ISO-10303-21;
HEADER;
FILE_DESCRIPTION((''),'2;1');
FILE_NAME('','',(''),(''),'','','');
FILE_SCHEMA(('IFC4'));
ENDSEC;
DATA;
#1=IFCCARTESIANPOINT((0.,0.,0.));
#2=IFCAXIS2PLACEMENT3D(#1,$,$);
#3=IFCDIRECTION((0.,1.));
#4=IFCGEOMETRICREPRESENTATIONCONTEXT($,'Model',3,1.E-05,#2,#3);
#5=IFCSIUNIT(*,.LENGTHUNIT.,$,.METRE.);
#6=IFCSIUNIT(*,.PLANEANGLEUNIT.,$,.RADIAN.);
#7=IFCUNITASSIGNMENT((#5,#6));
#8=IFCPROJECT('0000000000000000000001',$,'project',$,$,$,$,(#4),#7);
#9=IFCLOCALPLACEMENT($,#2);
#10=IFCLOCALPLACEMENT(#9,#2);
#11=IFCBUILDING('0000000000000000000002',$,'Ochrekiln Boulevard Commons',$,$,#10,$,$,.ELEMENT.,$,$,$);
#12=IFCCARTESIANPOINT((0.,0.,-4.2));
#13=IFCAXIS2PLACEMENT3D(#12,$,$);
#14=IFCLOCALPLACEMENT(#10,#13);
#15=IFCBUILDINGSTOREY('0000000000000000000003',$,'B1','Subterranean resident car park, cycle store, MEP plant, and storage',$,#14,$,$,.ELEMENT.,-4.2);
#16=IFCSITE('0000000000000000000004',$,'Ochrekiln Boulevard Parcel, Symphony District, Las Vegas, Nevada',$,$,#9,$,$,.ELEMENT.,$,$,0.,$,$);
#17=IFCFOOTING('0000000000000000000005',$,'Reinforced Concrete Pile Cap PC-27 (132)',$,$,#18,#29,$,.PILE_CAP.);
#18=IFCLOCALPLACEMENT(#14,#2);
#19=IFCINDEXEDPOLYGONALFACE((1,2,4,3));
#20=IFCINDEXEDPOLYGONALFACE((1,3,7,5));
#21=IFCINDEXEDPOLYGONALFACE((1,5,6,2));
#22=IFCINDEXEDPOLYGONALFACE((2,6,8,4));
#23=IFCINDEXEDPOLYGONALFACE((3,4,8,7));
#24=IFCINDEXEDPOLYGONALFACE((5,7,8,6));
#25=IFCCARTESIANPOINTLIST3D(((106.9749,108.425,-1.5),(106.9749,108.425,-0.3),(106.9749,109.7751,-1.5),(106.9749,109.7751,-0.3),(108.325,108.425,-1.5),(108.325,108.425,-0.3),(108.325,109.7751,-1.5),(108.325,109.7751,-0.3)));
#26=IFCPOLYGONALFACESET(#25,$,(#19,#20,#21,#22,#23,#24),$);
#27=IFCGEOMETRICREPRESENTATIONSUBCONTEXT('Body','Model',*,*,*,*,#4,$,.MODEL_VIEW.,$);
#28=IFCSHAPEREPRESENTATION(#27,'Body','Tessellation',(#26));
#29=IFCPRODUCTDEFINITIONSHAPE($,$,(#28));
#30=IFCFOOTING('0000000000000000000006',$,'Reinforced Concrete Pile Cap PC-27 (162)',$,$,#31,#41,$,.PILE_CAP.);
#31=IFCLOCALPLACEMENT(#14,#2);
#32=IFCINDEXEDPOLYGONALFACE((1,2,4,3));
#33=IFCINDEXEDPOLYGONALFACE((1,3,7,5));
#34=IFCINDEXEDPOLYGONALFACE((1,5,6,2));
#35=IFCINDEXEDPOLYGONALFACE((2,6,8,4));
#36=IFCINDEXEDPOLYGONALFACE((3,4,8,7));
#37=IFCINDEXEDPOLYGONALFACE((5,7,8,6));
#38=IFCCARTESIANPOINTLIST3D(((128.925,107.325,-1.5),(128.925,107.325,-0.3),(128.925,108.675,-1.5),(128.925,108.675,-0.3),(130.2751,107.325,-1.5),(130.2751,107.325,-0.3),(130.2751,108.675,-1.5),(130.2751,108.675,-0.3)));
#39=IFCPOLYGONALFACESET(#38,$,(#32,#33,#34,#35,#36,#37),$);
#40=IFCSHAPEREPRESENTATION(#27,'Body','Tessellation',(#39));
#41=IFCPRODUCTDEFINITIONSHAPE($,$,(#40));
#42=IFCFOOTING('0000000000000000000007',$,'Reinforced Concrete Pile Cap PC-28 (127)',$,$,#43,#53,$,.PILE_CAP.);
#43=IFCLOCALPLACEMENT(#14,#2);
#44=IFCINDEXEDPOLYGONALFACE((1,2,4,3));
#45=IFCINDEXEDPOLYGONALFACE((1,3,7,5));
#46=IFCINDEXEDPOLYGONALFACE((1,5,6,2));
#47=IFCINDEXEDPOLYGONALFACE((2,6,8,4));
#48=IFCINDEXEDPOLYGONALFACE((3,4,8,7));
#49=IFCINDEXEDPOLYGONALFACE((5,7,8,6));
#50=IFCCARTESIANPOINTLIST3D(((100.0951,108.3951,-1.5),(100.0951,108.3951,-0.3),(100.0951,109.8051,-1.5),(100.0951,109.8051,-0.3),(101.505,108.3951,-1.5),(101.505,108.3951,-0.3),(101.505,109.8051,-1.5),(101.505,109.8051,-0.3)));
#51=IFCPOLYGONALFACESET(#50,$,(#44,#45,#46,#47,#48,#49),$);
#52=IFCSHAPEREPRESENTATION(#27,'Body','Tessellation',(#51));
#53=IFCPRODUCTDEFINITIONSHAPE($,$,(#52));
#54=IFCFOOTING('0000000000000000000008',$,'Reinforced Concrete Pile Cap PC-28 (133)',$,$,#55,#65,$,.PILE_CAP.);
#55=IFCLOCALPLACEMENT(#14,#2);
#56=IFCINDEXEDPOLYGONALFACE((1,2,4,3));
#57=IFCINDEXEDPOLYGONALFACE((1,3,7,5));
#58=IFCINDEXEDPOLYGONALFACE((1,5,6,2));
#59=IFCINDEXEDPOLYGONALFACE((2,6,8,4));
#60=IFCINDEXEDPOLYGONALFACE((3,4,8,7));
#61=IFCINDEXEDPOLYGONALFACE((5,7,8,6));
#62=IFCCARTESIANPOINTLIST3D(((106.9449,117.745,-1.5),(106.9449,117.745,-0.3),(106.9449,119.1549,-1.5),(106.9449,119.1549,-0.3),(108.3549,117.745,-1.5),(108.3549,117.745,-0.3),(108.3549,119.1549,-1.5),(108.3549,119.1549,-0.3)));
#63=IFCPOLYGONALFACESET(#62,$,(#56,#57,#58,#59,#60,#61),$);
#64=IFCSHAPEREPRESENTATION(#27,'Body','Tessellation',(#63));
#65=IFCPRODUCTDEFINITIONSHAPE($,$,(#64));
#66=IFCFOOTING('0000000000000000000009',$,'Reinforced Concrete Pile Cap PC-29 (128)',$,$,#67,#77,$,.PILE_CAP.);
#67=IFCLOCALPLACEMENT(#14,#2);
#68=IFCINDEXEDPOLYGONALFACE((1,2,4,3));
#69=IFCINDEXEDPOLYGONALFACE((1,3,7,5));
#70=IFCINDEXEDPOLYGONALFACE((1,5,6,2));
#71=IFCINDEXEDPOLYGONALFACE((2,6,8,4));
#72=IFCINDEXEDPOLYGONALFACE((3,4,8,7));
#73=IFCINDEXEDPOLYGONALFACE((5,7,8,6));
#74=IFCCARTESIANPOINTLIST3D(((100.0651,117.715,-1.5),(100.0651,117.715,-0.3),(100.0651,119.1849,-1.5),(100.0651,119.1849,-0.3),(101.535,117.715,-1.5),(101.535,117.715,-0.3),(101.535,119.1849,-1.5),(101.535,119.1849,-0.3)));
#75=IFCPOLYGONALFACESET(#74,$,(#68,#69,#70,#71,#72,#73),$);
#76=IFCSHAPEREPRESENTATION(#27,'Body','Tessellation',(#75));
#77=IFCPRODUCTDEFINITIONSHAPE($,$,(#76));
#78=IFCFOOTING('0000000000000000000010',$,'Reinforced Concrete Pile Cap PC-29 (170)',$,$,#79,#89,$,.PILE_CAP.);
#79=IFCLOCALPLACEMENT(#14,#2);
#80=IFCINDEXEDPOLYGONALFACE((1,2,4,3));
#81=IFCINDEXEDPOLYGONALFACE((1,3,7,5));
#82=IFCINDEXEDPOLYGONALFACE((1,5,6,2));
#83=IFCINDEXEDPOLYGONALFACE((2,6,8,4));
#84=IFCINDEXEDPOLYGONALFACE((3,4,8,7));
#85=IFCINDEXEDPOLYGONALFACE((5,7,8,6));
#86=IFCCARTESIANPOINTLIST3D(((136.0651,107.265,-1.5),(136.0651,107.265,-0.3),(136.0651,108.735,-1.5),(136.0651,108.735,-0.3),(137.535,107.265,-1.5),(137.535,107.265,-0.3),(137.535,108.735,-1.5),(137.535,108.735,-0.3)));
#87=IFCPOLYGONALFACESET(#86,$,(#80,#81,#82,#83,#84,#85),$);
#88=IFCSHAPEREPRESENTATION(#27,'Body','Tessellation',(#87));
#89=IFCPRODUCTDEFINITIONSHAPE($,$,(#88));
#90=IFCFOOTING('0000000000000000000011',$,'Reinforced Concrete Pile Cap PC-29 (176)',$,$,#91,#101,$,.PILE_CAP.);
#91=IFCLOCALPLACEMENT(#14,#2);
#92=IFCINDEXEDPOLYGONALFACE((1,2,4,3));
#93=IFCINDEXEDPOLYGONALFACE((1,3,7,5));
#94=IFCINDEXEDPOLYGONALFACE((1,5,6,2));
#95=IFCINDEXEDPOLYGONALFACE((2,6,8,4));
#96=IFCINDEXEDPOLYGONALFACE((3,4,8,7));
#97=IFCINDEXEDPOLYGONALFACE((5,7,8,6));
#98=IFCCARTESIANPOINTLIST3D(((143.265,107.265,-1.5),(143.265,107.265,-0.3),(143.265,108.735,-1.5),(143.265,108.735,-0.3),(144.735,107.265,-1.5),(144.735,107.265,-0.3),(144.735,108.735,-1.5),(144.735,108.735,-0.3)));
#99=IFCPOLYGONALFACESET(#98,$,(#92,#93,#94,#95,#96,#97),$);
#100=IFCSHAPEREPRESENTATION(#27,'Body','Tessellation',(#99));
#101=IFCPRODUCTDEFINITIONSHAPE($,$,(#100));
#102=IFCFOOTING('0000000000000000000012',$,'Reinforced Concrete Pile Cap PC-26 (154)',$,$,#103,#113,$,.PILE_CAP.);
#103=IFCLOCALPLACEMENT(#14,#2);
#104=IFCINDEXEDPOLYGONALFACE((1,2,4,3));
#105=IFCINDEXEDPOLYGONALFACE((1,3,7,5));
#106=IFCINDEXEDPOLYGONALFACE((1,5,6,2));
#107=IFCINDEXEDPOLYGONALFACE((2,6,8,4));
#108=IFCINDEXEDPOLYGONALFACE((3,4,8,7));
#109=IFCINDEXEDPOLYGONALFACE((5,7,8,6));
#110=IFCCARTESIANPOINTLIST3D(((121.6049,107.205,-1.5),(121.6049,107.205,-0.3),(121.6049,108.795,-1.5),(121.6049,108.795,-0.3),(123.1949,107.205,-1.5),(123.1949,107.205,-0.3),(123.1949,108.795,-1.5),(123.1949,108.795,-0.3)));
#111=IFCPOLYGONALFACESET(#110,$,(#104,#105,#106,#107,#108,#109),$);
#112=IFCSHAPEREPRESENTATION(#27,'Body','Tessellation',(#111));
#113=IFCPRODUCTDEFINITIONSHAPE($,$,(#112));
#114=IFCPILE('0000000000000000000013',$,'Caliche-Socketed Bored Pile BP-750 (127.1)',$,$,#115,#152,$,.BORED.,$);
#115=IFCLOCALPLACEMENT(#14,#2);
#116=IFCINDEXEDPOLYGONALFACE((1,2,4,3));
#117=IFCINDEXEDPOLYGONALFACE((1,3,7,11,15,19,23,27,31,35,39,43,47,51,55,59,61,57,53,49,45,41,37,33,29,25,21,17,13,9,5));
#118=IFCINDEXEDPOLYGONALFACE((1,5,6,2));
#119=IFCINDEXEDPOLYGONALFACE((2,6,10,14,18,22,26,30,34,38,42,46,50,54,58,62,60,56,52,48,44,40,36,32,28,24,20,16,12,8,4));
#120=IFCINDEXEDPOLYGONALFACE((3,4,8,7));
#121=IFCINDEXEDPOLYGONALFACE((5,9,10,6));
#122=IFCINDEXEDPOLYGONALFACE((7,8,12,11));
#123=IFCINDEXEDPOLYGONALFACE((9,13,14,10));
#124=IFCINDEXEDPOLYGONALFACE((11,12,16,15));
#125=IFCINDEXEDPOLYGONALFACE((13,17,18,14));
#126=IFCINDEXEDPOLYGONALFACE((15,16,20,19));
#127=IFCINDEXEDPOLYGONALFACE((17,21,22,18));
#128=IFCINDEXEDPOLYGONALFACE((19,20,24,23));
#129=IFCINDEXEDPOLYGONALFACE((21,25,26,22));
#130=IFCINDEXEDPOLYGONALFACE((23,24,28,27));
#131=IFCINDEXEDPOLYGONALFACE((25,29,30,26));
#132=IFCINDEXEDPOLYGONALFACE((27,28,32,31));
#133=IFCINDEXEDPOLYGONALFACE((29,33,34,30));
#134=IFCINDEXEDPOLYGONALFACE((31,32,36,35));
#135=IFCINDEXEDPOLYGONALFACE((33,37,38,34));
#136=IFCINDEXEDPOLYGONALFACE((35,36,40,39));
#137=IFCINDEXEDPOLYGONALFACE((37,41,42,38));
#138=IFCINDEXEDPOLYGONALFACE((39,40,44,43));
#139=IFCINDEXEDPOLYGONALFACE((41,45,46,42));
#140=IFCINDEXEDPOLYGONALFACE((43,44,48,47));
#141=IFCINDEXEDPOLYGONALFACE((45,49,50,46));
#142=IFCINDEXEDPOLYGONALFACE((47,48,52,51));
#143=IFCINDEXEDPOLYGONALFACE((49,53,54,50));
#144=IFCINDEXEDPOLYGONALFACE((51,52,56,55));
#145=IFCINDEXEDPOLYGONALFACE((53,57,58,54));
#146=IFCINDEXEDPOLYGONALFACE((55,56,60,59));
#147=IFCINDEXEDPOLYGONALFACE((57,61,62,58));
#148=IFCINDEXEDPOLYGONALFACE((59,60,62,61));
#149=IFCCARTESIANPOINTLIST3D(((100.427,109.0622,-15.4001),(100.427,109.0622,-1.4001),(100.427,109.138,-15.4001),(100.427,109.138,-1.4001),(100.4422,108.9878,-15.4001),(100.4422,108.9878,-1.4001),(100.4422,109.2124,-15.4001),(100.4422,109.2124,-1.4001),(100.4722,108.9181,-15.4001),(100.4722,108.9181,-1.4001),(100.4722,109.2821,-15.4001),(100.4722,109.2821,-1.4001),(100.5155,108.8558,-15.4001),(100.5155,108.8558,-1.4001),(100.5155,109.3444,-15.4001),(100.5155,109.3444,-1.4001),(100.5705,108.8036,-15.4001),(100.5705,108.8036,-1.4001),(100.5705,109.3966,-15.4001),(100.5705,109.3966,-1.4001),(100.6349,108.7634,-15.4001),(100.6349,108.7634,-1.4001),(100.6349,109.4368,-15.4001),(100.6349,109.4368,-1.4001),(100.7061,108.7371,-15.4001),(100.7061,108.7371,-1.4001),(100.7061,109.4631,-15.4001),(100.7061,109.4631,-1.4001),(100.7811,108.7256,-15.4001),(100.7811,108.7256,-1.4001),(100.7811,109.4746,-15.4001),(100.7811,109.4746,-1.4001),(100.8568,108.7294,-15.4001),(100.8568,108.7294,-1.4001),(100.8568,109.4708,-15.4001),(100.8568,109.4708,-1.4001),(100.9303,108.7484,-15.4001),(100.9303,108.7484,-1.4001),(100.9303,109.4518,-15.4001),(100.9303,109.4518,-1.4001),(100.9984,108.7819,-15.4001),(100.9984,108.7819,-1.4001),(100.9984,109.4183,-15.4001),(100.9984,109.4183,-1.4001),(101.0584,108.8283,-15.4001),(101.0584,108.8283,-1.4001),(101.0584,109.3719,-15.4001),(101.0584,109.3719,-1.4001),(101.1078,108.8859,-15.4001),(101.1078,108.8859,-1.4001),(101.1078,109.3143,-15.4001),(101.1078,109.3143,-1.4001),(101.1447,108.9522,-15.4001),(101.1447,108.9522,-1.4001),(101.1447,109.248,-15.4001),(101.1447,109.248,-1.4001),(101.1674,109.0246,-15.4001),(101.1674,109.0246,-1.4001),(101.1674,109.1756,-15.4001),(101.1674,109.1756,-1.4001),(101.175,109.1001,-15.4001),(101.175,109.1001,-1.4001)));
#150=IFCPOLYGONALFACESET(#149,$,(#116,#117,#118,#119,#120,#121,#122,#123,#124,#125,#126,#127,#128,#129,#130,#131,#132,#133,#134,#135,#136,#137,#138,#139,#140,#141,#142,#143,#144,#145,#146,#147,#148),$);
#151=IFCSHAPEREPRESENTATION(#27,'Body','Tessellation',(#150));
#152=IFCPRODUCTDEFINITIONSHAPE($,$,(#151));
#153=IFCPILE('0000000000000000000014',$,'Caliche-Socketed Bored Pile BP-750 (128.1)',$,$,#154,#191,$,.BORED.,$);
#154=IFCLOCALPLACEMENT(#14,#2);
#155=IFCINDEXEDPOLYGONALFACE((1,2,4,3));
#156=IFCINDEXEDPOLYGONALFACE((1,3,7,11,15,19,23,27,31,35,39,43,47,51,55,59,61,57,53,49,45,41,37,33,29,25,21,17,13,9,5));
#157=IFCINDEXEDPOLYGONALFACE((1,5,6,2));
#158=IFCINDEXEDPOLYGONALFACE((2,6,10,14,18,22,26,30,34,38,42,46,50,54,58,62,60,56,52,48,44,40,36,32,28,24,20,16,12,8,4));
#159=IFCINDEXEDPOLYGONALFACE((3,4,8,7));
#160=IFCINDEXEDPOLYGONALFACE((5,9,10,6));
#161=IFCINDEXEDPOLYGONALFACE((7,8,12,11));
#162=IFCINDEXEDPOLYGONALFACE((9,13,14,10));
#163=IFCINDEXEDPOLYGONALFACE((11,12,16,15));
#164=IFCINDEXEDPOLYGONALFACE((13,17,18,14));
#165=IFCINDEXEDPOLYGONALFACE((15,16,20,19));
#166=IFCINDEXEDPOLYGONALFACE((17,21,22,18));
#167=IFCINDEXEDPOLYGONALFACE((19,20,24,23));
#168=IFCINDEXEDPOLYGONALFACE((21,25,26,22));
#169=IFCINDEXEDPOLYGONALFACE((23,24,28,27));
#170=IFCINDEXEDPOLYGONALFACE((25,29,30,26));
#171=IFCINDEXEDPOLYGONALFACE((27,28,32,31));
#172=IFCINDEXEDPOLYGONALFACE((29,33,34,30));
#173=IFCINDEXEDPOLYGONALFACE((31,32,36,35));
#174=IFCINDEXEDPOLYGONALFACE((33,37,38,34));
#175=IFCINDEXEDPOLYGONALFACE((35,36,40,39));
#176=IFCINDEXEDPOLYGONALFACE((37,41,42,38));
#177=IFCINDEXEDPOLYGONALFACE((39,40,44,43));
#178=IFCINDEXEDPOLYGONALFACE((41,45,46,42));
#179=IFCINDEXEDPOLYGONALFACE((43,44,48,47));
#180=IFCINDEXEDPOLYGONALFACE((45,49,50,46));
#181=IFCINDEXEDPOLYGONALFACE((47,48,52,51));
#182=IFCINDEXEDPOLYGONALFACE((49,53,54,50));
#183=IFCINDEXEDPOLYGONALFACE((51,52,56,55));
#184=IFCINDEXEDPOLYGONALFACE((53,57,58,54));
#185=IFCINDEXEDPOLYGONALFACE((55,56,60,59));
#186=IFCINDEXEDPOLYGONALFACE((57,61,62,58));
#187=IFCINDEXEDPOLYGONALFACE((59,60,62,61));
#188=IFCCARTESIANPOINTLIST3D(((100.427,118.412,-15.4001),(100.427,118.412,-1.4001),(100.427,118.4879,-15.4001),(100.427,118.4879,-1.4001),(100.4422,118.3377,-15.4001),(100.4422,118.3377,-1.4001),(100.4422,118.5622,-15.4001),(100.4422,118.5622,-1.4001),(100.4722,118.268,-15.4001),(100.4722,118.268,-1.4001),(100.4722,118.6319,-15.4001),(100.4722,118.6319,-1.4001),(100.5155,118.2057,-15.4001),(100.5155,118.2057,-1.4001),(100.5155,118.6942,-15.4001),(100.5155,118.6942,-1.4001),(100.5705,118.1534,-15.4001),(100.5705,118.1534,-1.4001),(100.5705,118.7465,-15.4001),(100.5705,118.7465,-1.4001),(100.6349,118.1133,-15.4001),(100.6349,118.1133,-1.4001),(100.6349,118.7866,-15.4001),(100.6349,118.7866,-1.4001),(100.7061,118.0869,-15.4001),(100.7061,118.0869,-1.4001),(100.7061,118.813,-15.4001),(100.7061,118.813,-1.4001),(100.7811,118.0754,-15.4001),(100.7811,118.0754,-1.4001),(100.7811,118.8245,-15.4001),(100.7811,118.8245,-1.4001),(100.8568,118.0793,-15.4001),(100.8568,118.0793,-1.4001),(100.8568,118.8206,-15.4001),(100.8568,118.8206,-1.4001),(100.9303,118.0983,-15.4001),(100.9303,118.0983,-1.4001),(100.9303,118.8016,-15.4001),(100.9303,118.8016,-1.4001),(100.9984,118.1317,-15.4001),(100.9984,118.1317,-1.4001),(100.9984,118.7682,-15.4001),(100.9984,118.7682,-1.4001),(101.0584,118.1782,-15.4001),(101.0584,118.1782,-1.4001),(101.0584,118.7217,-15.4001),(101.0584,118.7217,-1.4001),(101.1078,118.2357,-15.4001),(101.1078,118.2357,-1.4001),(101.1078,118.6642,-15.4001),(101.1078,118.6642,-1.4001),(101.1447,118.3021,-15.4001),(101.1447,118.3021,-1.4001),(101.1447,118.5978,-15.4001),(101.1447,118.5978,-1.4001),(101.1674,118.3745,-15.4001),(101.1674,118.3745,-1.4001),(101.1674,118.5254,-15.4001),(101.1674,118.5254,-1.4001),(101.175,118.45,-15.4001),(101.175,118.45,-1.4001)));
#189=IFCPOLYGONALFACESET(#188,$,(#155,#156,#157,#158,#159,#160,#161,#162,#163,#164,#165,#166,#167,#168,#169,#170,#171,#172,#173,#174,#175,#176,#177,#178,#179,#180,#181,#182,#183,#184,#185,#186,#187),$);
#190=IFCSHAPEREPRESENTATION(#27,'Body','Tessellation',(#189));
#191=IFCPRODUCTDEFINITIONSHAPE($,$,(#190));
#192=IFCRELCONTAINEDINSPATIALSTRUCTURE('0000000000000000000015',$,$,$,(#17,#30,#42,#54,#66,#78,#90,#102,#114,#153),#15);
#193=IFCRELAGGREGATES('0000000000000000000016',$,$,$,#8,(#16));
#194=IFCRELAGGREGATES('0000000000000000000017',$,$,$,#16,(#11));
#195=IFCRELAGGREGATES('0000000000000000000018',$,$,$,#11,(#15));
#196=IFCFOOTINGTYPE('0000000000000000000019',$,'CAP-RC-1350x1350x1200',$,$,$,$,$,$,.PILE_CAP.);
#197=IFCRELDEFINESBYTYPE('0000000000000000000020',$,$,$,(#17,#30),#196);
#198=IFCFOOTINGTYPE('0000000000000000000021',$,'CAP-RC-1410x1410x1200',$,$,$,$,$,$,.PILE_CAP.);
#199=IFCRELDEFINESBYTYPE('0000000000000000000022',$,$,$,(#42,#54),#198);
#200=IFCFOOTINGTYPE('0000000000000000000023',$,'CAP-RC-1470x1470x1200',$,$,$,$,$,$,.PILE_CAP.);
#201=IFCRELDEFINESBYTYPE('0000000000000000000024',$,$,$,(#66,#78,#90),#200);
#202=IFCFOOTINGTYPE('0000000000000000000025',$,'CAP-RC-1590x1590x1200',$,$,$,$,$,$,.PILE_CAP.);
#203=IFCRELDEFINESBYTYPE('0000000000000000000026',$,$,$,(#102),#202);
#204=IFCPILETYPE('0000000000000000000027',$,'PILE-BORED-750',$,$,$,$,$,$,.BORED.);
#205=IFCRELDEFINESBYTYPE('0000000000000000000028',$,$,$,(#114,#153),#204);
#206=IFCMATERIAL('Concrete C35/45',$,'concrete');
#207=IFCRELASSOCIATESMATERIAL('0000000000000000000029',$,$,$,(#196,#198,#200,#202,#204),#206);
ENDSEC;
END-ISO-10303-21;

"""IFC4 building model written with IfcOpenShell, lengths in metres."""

from ifc_helpers import new_model, si_unit, direction, frame, origin, origin_2d, place, context, subcontext, project, spatial, rectangle, circle, extrude, material, material_profile, profile_set, type_object, element, save


model = new_model("IFC4")

# Units and contexts
model_context = context("Model", 3, precision=1e-05, world=origin(), true_north=direction((0.0, 1.0)))
body_context = subcontext(model_context, "Body", "Model", "MODEL_VIEW")
ifc_project = project(units=[si_unit("LENGTHUNIT", "METRE"), si_unit("PLANEANGLEUNIT", "RADIAN")], contexts=[model_context])

# Site, building, storey
site_placement = place(None, origin())
site = spatial("IfcSite", under=ifc_project, at=site_placement, Name="Ochrekiln Boulevard Parcel, Symphony District, Las Vegas, Nevada", CompositionType="ELEMENT", RefElevation=0.0)
building_placement = place(site_placement, origin())
building = spatial("IfcBuilding", under=site, at=building_placement, Name="Ochrekiln Boulevard Commons", CompositionType="ELEMENT")
storey_placement = place(building_placement, frame((0.0, 0.0, -4.2)))
storey = spatial("IfcBuildingStorey", under=building, at=storey_placement, Name="B1", Description="Subterranean resident car park, cycle store, MEP plant, and storage", CompositionType="ELEMENT", Elevation=-4.2)

# Footings
ifc_material_1 = material(Name="Concrete C35/45", Category="concrete")
footing_type_1 = type_object("IfcFootingType", Name="CAP-RC-1350x1350x1200", PredefinedType="PILE_CAP", material=ifc_material_1)
for number, where, z_axis, x_axis, name in (
    (1, (107.6499, 109.1001, -1.5), (0.0, 0.0, 1.0), (1.0, 0.0, 0.0), "Reinforced Concrete Pile Cap PC-27 (132)"),
    (2, (129.6001, 108.0, -1.5), (0.0, 0.0, 1.0), (1.0, 0.0, 0.0), "Reinforced Concrete Pile Cap PC-27 (162)"),
):
    element("IfcFooting", number, at=place(storey_placement, frame(where, z_axis=z_axis, x_axis=x_axis)), inside=storey, type_object=footing_type_1, Name=name, PredefinedType="PILE_CAP", context=body_context, shape_type="SweptSolid", body=[
        extrude(rectangle(XDim=1.3501, YDim=1.3501, at=origin_2d()), origin(), (0.0, 0.0, 1.0), 1.2),
    ])
footing_type_2 = type_object("IfcFootingType", Name="CAP-RC-1410x1410x1200", PredefinedType="PILE_CAP", material=ifc_material_1)
for number, where, z_axis, x_axis, name in (
    (3, (100.8, 109.1001, -1.5), (0.0, 0.0, 1.0), (1.0, 0.0, 0.0), "Reinforced Concrete Pile Cap PC-28 (127)"),
    (4, (107.6499, 118.45, -1.5), (0.0, 0.0, 1.0), (1.0, 0.0, 0.0), "Reinforced Concrete Pile Cap PC-28 (133)"),
):
    element("IfcFooting", number, at=place(storey_placement, frame(where, z_axis=z_axis, x_axis=x_axis)), inside=storey, type_object=footing_type_2, Name=name, PredefinedType="PILE_CAP", context=body_context, shape_type="SweptSolid", body=[
        extrude(rectangle(XDim=1.4099, YDim=1.4099, at=origin_2d()), origin(), (0.0, 0.0, 1.0), 1.2),
    ])
footing_type_3 = type_object("IfcFootingType", Name="CAP-RC-1470x1470x1200", PredefinedType="PILE_CAP", material=ifc_material_1)
for number, where, z_axis, x_axis, name in (
    (5, (100.8, 118.45, -1.5), (0.0, 0.0, 1.0), (1.0, 0.0, 0.0), "Reinforced Concrete Pile Cap PC-29 (128)"),
    (6, (136.8, 108.0, -1.5), (0.0, 0.0, 1.0), (1.0, 0.0, 0.0), "Reinforced Concrete Pile Cap PC-29 (170)"),
    (7, (144.0, 108.0, -1.5), (0.0, 0.0, 1.0), (1.0, 0.0, 0.0), "Reinforced Concrete Pile Cap PC-29 (176)"),
):
    element("IfcFooting", number, at=place(storey_placement, frame(where, z_axis=z_axis, x_axis=x_axis)), inside=storey, type_object=footing_type_3, Name=name, PredefinedType="PILE_CAP", context=body_context, shape_type="SweptSolid", body=[
        extrude(rectangle(XDim=1.47, YDim=1.47, at=origin_2d()), origin(), (0.0, 0.0, 1.0), 1.2),
    ])
footing_type_4 = type_object("IfcFootingType", Name="CAP-RC-1590x1590x1200", PredefinedType="PILE_CAP", material=ifc_material_1)
footing_placement = place(storey_placement, frame((122.3999, 108.0, -1.5), z_axis=(0.0, 0.0, 1.0), x_axis=(1.0, 0.0, 0.0)))
element("IfcFooting", 8, at=footing_placement, inside=storey, type_object=footing_type_4, Name="Reinforced Concrete Pile Cap PC-26 (154)", PredefinedType="PILE_CAP", context=body_context, shape_type="SweptSolid", body=[
    extrude(rectangle(XDim=1.5901, YDim=1.5901, at=origin_2d()), origin(), (0.0, 0.0, 1.0), 1.2),
])

# Piles
ifc_material_profile_1 = material_profile(ifc_material_1, circle(Radius=0.375, at=origin_2d()), Name="PILE-D750")
ifc_profile_set_1 = profile_set([ifc_material_profile_1], Name="Concrete C35/45")
pile_type = type_object("IfcPileType", Name="PILE-BORED-750", PredefinedType="BORED", material=ifc_profile_set_1)
for number, where, z_axis, x_axis, name in (
    (9, (100.8, 109.1001, -1.4001), (0.0, 0.0, -1.0), (1.0, 0.0, 0.0), "Caliche-Socketed Bored Pile BP-750 (127.1)"),
    (10, (100.8, 118.45, -1.4001), (0.0, 0.0, -1.0), (1.0, 0.0, 0.0), "Caliche-Socketed Bored Pile BP-750 (128.1)"),
):
    element("IfcPile", number, at=place(storey_placement, frame(where, z_axis=z_axis, x_axis=x_axis)), inside=storey, type_object=pile_type, Name=name, PredefinedType="BORED", context=body_context, shape_type="SweptSolid", body=[
        extrude(circle(Radius=0.375, at=origin_2d()), origin(), (0.0, 0.0, 1.0), 14.0),
    ])

save(model, "model.ifc")
